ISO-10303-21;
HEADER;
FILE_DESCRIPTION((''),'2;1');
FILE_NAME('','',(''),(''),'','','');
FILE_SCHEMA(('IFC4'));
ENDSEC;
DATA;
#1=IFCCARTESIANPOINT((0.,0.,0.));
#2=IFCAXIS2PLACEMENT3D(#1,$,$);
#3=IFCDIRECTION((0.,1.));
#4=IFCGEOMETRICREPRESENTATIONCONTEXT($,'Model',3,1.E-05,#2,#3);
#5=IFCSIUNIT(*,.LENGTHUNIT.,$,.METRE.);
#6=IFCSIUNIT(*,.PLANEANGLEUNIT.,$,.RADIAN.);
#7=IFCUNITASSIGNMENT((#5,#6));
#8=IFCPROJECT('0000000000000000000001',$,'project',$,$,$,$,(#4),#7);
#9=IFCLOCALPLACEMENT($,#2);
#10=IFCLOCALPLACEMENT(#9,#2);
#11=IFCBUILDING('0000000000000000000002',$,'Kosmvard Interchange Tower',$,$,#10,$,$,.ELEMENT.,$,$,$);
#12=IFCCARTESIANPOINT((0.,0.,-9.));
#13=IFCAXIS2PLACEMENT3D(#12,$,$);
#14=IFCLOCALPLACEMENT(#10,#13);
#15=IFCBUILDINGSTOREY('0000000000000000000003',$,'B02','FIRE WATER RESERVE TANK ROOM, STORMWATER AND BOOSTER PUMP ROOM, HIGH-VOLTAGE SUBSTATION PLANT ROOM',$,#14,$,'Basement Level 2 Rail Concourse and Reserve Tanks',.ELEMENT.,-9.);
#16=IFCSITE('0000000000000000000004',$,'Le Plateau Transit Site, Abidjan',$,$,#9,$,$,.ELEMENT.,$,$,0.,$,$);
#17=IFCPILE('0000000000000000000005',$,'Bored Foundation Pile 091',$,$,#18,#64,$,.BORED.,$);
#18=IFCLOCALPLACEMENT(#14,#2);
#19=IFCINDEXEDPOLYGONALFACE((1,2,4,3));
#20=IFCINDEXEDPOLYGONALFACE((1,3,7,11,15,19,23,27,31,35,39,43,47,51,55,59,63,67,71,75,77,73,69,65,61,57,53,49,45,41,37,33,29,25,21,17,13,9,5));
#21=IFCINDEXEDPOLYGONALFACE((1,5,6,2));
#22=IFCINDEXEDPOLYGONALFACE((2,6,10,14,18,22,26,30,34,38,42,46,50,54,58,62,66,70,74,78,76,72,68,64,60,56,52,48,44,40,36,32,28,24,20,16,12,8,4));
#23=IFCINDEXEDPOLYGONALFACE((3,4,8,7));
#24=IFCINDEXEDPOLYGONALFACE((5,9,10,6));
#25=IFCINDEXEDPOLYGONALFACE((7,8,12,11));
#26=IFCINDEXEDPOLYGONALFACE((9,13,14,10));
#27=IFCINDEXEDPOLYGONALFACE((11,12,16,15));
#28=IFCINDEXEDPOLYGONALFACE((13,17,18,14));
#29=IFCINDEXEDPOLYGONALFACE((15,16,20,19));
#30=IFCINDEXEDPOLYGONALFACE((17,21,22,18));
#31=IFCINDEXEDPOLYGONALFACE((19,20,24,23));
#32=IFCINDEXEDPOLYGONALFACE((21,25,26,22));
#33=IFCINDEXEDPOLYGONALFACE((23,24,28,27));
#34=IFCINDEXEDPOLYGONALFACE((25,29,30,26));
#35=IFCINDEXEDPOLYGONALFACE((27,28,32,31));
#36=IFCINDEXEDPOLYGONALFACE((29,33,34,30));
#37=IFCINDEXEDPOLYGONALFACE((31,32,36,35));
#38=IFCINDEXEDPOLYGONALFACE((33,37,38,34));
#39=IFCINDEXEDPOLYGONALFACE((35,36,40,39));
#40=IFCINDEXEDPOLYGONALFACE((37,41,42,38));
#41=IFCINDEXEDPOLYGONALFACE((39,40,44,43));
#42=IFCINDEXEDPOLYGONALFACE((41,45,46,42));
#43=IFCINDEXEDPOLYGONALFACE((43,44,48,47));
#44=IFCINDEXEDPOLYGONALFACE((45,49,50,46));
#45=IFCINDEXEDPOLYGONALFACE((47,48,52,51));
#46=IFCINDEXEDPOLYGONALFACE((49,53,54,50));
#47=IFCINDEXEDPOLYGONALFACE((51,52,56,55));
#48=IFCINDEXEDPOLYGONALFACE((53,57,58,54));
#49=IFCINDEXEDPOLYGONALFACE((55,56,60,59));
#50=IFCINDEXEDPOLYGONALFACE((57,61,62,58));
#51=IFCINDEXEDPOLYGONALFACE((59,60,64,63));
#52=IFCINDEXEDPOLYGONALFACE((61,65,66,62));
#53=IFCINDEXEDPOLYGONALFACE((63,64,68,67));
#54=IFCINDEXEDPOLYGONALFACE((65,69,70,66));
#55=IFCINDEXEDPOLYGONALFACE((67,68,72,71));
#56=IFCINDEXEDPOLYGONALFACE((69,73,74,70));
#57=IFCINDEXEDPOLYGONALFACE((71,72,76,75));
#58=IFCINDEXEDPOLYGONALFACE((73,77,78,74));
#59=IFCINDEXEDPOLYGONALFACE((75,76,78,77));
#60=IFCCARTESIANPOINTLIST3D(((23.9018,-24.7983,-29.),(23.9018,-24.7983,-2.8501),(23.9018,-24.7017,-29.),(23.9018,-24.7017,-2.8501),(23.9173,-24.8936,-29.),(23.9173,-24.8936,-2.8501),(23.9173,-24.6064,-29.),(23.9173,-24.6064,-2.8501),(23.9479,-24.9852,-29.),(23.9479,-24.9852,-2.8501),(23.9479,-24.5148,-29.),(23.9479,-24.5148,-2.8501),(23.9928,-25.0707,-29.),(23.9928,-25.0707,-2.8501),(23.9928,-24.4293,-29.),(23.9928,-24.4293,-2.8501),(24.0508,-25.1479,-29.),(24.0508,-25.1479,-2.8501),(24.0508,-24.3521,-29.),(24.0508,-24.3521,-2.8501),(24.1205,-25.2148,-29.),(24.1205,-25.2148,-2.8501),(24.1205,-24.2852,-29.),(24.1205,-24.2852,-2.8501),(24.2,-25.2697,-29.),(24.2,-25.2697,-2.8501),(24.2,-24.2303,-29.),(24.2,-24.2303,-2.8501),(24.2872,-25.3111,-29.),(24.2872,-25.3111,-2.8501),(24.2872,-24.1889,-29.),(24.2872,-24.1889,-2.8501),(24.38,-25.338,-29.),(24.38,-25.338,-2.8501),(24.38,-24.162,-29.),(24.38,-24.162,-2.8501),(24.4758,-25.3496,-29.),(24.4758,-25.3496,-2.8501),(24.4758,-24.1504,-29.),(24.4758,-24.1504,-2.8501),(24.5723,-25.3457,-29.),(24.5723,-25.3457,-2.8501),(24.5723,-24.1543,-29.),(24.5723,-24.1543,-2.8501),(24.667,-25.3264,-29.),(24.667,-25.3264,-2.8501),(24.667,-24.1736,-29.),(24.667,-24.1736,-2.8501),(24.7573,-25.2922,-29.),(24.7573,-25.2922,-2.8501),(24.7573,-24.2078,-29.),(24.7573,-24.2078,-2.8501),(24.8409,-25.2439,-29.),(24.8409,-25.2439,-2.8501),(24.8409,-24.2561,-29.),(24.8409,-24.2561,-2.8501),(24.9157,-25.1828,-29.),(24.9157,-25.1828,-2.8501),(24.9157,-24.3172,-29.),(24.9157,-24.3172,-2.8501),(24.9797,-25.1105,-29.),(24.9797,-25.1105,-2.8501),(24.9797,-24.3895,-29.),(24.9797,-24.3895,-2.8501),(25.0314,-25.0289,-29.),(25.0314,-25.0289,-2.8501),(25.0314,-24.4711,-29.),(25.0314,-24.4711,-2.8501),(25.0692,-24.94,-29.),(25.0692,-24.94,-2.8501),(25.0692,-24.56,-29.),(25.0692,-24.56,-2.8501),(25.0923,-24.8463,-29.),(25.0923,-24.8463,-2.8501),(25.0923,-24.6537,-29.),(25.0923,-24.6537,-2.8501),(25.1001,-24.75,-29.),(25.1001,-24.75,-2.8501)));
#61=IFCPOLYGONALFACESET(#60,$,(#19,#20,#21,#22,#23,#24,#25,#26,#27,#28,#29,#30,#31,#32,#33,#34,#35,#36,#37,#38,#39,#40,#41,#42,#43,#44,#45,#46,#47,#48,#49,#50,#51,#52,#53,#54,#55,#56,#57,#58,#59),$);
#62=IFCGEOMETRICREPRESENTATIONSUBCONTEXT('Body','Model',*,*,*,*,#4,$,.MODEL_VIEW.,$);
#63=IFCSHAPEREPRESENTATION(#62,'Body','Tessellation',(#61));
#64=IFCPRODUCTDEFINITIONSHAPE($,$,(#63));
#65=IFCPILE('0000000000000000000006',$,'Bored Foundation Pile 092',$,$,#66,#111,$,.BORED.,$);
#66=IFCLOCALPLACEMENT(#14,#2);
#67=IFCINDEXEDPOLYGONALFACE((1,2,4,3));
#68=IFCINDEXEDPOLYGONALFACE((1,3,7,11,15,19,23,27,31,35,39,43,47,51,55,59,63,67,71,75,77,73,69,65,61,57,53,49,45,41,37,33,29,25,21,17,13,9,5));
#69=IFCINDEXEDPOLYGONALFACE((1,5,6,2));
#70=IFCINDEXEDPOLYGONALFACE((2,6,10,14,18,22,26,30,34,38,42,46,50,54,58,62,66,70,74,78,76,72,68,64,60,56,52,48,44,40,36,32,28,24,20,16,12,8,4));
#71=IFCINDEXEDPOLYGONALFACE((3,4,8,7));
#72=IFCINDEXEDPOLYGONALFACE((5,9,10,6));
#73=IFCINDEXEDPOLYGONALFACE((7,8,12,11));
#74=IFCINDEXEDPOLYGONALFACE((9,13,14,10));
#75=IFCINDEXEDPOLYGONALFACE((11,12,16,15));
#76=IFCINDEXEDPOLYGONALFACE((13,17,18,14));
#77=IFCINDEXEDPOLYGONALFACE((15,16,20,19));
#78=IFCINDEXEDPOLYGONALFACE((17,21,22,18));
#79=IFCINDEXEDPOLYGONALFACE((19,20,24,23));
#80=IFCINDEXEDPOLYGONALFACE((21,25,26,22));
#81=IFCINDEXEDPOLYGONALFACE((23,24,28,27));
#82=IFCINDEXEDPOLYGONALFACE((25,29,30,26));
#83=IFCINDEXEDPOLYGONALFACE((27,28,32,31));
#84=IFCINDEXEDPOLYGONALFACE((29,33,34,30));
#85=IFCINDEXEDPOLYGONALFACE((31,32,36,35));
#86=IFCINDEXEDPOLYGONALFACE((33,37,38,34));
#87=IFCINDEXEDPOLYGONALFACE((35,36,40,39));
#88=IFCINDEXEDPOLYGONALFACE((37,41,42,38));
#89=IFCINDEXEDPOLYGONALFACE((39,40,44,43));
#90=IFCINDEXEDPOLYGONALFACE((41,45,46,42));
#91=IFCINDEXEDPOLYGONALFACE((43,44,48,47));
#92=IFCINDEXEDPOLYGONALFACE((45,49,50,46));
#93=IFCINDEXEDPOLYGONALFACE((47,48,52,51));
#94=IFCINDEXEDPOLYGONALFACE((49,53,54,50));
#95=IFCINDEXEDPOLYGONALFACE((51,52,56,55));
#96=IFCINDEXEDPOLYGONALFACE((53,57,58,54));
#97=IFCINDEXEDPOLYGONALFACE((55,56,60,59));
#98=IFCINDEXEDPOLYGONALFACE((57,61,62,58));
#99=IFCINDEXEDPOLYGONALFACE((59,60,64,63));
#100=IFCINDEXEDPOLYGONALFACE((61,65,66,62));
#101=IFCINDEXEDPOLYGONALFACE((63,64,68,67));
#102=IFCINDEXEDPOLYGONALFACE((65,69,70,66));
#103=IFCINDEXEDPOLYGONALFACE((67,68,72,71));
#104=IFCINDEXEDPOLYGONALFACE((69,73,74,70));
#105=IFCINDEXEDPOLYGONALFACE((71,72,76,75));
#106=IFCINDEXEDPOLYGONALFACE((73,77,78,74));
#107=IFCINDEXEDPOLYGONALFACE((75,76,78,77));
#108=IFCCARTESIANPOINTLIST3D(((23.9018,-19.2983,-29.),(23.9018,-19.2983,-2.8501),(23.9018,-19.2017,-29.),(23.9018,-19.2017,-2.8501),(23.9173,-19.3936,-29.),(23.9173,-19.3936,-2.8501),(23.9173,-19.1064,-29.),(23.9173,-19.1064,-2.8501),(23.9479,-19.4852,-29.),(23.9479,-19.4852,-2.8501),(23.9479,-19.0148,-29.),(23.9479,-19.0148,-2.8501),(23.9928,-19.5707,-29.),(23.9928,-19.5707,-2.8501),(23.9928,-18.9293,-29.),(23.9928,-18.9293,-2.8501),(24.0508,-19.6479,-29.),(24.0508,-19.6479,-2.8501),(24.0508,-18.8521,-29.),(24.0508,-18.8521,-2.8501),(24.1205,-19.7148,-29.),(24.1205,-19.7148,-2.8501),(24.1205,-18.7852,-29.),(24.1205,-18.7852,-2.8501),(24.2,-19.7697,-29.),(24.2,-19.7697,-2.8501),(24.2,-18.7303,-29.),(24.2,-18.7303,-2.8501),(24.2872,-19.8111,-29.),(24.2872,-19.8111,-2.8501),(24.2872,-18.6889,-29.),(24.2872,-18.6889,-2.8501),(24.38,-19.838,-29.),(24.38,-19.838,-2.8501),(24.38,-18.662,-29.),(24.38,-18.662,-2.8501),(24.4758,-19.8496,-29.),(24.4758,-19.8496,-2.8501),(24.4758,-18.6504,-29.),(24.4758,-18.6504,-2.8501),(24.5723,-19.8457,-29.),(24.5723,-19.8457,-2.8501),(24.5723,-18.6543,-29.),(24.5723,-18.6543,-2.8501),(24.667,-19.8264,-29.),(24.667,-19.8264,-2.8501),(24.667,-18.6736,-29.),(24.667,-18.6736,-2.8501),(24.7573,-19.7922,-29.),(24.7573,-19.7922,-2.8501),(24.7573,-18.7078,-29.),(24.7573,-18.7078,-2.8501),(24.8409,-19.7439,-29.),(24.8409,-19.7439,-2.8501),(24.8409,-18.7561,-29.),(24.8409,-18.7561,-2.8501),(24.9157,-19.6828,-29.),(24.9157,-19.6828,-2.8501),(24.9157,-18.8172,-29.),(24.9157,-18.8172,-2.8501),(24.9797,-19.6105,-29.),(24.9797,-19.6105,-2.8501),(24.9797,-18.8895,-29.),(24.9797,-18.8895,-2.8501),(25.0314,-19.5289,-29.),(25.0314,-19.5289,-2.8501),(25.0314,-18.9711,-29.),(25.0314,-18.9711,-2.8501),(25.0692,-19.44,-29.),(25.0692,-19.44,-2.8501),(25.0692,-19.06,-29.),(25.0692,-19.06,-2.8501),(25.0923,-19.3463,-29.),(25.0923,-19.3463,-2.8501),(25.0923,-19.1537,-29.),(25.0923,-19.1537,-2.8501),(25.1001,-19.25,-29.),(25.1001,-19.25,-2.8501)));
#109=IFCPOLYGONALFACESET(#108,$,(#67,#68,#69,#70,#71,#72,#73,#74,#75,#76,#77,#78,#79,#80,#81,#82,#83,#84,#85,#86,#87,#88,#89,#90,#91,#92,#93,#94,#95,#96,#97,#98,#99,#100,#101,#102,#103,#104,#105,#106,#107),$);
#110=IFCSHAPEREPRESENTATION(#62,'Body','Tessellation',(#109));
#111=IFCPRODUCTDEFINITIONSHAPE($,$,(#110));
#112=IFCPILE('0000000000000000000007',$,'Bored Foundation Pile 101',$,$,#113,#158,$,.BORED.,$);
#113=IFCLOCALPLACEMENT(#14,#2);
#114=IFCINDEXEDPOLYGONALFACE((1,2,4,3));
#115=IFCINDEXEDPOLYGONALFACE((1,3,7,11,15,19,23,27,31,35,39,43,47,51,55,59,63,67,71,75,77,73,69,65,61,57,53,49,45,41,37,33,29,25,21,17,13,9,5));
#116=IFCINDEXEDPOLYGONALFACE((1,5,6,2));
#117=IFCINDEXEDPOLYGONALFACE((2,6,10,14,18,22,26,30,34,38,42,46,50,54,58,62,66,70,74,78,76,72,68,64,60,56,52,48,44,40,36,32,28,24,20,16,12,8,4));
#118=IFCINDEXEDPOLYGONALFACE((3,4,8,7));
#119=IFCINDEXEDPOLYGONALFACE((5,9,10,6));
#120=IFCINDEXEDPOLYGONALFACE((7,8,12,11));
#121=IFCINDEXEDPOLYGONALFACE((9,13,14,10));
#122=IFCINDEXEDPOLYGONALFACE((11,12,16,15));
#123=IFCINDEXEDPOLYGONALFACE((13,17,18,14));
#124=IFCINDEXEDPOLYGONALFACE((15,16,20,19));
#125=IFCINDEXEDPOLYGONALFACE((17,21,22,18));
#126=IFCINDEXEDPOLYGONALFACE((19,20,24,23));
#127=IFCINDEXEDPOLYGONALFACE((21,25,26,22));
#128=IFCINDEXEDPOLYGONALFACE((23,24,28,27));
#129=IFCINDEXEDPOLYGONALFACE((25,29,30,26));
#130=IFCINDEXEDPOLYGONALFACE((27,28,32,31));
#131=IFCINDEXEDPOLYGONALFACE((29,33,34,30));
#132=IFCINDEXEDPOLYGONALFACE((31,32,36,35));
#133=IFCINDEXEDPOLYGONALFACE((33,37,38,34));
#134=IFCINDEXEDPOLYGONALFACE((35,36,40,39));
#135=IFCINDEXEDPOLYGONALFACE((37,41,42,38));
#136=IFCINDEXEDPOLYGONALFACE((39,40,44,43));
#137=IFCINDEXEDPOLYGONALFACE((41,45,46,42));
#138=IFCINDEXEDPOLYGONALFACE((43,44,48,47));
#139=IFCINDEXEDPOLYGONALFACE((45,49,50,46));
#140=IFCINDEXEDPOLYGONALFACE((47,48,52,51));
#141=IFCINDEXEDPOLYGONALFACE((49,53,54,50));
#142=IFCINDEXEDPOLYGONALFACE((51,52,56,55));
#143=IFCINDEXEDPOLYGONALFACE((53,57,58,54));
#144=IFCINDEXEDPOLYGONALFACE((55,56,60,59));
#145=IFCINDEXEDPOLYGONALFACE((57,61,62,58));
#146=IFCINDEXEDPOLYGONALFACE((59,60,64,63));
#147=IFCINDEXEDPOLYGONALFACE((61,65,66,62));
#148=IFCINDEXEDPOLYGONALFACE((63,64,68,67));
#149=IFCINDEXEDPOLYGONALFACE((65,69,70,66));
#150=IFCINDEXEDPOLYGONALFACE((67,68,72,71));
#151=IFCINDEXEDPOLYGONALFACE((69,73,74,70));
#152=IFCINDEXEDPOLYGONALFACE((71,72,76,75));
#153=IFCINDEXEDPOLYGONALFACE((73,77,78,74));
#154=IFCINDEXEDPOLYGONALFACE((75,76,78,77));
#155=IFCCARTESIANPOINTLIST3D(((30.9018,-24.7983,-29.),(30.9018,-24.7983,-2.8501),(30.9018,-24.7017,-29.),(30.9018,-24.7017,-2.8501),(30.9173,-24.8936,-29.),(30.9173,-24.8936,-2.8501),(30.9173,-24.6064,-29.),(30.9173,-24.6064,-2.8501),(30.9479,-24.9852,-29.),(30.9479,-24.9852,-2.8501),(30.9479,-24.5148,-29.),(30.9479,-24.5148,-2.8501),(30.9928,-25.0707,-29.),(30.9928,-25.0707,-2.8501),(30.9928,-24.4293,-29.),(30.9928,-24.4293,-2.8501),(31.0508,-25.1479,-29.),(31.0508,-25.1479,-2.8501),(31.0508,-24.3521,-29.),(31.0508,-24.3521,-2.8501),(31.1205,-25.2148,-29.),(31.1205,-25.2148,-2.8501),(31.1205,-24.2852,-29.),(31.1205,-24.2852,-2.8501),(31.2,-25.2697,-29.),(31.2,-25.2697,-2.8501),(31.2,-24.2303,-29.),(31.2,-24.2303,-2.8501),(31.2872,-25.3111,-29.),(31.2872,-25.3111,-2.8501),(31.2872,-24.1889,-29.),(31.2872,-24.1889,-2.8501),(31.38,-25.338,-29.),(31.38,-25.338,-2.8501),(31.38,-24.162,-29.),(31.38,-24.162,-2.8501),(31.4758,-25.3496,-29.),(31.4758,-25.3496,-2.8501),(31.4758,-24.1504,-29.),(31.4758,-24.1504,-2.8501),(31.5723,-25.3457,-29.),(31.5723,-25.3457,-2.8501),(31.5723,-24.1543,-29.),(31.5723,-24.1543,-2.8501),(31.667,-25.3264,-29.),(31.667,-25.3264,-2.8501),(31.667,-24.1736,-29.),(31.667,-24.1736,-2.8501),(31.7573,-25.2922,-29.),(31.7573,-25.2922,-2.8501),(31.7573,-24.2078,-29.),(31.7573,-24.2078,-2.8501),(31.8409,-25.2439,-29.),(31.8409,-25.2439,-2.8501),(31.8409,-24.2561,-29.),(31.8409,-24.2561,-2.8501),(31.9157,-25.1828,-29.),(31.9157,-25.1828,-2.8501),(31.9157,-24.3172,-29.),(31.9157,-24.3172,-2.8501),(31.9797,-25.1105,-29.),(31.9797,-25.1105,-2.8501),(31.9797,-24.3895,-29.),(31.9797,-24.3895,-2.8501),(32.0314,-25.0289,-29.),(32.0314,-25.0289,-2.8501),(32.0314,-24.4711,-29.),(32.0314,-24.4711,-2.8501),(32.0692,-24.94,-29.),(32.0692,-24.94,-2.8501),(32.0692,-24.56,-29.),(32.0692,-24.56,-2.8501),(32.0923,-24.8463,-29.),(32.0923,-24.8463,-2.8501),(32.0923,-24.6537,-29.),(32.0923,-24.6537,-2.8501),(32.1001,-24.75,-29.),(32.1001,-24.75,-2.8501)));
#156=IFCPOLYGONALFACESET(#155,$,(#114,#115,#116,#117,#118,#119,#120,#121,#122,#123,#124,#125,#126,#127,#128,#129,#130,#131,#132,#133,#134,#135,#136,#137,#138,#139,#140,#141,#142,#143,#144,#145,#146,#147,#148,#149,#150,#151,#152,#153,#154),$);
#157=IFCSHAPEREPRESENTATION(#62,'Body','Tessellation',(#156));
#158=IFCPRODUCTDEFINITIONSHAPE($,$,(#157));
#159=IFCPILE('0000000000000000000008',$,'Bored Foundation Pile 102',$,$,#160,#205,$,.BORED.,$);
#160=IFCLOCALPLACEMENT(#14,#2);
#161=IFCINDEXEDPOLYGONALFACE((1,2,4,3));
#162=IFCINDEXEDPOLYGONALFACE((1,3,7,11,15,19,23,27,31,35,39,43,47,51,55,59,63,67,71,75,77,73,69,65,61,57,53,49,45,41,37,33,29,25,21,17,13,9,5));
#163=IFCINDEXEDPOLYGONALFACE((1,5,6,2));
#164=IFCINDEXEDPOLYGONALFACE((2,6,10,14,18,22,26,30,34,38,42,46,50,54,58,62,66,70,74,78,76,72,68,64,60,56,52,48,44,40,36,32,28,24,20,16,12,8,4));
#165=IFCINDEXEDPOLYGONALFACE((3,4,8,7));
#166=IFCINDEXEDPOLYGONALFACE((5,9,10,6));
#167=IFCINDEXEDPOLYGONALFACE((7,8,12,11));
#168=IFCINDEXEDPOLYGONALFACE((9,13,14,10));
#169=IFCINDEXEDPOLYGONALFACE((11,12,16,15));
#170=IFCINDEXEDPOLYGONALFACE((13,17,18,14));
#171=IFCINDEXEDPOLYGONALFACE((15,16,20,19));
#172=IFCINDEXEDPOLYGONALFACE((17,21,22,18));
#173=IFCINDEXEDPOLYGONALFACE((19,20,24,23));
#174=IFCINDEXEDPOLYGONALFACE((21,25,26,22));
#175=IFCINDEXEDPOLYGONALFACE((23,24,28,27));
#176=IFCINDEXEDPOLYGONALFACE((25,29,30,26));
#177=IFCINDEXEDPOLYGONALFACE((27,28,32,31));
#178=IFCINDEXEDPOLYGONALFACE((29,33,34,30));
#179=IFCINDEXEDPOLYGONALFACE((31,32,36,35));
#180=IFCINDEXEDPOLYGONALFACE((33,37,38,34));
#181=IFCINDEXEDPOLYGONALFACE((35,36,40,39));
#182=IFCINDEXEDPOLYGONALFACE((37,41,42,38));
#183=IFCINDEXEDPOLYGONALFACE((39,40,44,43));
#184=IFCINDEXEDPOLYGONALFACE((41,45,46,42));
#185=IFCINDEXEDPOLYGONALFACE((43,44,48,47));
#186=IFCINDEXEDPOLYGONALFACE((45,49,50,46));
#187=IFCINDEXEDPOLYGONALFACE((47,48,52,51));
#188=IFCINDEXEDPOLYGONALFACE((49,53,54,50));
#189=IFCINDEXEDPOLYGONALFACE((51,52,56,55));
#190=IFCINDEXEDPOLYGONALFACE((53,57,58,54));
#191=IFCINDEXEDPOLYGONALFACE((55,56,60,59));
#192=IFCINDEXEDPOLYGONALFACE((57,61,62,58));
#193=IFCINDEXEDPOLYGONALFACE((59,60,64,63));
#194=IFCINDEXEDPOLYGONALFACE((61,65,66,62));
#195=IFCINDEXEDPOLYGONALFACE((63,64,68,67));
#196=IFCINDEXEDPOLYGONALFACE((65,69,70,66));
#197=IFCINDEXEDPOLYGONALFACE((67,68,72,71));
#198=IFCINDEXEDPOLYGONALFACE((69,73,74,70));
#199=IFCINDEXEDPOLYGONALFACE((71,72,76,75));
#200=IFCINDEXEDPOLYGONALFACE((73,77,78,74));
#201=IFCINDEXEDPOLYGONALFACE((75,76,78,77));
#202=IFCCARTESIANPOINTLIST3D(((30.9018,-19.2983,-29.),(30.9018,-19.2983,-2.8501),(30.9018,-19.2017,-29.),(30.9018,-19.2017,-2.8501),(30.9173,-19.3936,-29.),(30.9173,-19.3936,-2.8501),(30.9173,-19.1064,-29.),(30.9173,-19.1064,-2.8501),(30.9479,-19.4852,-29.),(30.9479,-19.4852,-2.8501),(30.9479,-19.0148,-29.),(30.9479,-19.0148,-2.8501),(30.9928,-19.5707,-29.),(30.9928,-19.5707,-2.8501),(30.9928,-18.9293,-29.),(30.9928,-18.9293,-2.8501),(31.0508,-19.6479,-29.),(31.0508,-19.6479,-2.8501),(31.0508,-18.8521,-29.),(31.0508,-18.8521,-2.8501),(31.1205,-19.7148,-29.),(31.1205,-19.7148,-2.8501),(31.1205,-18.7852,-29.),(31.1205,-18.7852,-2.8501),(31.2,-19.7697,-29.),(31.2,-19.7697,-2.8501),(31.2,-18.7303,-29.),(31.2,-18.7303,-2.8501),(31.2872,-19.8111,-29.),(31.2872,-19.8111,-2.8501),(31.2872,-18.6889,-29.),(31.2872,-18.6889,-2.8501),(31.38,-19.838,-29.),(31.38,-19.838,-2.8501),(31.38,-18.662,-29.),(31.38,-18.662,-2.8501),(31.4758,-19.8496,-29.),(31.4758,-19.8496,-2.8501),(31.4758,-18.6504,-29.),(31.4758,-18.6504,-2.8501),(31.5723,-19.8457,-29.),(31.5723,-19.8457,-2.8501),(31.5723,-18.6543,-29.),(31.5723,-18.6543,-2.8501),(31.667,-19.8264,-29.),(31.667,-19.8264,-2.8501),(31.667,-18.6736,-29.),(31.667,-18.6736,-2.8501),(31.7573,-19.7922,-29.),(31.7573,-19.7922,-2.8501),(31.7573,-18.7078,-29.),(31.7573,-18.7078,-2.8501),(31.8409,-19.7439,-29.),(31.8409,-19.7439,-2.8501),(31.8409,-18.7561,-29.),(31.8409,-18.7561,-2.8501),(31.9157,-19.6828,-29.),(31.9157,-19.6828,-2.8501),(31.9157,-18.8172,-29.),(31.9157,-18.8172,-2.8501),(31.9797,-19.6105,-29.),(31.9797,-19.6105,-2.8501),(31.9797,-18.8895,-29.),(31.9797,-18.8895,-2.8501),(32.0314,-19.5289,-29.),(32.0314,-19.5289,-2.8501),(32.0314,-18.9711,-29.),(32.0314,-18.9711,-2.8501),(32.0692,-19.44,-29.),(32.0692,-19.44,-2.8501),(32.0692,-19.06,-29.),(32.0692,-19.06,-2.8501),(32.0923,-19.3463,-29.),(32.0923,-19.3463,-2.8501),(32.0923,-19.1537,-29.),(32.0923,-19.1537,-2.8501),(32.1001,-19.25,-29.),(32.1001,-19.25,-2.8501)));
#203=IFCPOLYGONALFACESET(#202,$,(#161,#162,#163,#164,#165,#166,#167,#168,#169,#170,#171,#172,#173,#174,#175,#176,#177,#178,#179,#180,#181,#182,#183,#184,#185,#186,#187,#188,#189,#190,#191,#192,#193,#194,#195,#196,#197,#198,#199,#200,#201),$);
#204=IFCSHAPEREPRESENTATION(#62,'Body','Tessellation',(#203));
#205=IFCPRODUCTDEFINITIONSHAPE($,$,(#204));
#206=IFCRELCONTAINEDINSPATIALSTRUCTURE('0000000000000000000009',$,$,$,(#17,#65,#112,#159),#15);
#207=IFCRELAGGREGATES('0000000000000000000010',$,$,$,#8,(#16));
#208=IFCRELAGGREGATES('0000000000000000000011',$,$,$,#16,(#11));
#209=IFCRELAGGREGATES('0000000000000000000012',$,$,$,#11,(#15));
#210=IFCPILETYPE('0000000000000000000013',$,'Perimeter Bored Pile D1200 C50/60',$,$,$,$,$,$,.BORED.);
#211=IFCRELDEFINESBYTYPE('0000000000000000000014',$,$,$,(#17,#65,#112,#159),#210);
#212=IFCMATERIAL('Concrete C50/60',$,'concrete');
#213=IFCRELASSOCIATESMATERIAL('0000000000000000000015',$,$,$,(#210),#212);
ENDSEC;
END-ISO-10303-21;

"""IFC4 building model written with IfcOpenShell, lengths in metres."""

from ifc_helpers import new_model, si_unit, direction, frame, origin, origin_2d, place, context, subcontext, project, spatial, circle, extrude, source, transform, mapped, material, material_profile, profile_set, type_object, element, save


model = new_model("IFC4")

# Units and contexts
model_context = context("Model", 3, precision=1e-05, world=origin(), true_north=direction((0.0, 1.0)))
body_context = subcontext(model_context, "Body", "Model", "MODEL_VIEW")
ifc_project = project(units=[si_unit("LENGTHUNIT", "METRE"), si_unit("PLANEANGLEUNIT", "RADIAN")], contexts=[model_context])

# Site, building, storey
site_placement = place(None, origin())
site = spatial("IfcSite", under=ifc_project, at=site_placement, Name="Le Plateau Transit Site, Abidjan", CompositionType="ELEMENT", RefElevation=0.0)
building_placement = place(site_placement, origin())
building = spatial("IfcBuilding", under=site, at=building_placement, Name="Kosmvard Interchange Tower", CompositionType="ELEMENT")
storey_placement = place(building_placement, frame((0.0, 0.0, -9.0)))
storey = spatial("IfcBuildingStorey", under=building, at=storey_placement, Name="B02", Description="FIRE WATER RESERVE TANK ROOM, STORMWATER AND BOOSTER PUMP ROOM, HIGH-VOLTAGE SUBSTATION PLANT ROOM", LongName="Basement Level 2 Rail Concourse and Reserve Tanks", CompositionType="ELEMENT", Elevation=-9.0)

# Piles
ifc_material_1 = material(Name="Concrete C50/60", Category="concrete")
ifc_material_profile_1 = material_profile(ifc_material_1, circle(Radius=0.6001, at=origin_2d()), Name="PILE D1200")
ifc_profile_set_1 = profile_set([ifc_material_profile_1], Name="Concrete C50/60")
pile_type = type_object("IfcPileType", Name="Perimeter Bored Pile D1200 C50/60", PredefinedType="BORED", material=ifc_profile_set_1)
shared_shape_1 = source(origin(), body_context, "Body", "SweptSolid", [
    extrude(circle(Radius=0.6001, at=origin_2d()), origin(), (0.0, 0.0, 1.0), 26.1499),
])
for number, where, z_axis, x_axis, name in (
    (1, (24.5, -24.75, -2.8501), (0.0, 0.0, -1.0), (1.0, 0.0, 0.0), "Bored Foundation Pile 091"),
    (2, (24.5, -19.25, -2.8501), (0.0, 0.0, -1.0), (1.0, 0.0, 0.0), "Bored Foundation Pile 092"),
    (3, (31.5, -24.75, -2.8501), (0.0, 0.0, -1.0), (1.0, 0.0, 0.0), "Bored Foundation Pile 101"),
    (4, (31.5, -19.25, -2.8501), (0.0, 0.0, -1.0), (1.0, 0.0, 0.0), "Bored Foundation Pile 102"),
):
    element("IfcPile", number, at=place(storey_placement, frame(where, z_axis=z_axis, x_axis=x_axis)), inside=storey, type_object=pile_type, Name=name, PredefinedType="BORED", context=body_context, shape_type="MappedRepresentation", body=[
        mapped(shared_shape_1, transform((0.0, 0.0, 0.0), scale=1.0)),
    ])

save(model, "model.ifc")
